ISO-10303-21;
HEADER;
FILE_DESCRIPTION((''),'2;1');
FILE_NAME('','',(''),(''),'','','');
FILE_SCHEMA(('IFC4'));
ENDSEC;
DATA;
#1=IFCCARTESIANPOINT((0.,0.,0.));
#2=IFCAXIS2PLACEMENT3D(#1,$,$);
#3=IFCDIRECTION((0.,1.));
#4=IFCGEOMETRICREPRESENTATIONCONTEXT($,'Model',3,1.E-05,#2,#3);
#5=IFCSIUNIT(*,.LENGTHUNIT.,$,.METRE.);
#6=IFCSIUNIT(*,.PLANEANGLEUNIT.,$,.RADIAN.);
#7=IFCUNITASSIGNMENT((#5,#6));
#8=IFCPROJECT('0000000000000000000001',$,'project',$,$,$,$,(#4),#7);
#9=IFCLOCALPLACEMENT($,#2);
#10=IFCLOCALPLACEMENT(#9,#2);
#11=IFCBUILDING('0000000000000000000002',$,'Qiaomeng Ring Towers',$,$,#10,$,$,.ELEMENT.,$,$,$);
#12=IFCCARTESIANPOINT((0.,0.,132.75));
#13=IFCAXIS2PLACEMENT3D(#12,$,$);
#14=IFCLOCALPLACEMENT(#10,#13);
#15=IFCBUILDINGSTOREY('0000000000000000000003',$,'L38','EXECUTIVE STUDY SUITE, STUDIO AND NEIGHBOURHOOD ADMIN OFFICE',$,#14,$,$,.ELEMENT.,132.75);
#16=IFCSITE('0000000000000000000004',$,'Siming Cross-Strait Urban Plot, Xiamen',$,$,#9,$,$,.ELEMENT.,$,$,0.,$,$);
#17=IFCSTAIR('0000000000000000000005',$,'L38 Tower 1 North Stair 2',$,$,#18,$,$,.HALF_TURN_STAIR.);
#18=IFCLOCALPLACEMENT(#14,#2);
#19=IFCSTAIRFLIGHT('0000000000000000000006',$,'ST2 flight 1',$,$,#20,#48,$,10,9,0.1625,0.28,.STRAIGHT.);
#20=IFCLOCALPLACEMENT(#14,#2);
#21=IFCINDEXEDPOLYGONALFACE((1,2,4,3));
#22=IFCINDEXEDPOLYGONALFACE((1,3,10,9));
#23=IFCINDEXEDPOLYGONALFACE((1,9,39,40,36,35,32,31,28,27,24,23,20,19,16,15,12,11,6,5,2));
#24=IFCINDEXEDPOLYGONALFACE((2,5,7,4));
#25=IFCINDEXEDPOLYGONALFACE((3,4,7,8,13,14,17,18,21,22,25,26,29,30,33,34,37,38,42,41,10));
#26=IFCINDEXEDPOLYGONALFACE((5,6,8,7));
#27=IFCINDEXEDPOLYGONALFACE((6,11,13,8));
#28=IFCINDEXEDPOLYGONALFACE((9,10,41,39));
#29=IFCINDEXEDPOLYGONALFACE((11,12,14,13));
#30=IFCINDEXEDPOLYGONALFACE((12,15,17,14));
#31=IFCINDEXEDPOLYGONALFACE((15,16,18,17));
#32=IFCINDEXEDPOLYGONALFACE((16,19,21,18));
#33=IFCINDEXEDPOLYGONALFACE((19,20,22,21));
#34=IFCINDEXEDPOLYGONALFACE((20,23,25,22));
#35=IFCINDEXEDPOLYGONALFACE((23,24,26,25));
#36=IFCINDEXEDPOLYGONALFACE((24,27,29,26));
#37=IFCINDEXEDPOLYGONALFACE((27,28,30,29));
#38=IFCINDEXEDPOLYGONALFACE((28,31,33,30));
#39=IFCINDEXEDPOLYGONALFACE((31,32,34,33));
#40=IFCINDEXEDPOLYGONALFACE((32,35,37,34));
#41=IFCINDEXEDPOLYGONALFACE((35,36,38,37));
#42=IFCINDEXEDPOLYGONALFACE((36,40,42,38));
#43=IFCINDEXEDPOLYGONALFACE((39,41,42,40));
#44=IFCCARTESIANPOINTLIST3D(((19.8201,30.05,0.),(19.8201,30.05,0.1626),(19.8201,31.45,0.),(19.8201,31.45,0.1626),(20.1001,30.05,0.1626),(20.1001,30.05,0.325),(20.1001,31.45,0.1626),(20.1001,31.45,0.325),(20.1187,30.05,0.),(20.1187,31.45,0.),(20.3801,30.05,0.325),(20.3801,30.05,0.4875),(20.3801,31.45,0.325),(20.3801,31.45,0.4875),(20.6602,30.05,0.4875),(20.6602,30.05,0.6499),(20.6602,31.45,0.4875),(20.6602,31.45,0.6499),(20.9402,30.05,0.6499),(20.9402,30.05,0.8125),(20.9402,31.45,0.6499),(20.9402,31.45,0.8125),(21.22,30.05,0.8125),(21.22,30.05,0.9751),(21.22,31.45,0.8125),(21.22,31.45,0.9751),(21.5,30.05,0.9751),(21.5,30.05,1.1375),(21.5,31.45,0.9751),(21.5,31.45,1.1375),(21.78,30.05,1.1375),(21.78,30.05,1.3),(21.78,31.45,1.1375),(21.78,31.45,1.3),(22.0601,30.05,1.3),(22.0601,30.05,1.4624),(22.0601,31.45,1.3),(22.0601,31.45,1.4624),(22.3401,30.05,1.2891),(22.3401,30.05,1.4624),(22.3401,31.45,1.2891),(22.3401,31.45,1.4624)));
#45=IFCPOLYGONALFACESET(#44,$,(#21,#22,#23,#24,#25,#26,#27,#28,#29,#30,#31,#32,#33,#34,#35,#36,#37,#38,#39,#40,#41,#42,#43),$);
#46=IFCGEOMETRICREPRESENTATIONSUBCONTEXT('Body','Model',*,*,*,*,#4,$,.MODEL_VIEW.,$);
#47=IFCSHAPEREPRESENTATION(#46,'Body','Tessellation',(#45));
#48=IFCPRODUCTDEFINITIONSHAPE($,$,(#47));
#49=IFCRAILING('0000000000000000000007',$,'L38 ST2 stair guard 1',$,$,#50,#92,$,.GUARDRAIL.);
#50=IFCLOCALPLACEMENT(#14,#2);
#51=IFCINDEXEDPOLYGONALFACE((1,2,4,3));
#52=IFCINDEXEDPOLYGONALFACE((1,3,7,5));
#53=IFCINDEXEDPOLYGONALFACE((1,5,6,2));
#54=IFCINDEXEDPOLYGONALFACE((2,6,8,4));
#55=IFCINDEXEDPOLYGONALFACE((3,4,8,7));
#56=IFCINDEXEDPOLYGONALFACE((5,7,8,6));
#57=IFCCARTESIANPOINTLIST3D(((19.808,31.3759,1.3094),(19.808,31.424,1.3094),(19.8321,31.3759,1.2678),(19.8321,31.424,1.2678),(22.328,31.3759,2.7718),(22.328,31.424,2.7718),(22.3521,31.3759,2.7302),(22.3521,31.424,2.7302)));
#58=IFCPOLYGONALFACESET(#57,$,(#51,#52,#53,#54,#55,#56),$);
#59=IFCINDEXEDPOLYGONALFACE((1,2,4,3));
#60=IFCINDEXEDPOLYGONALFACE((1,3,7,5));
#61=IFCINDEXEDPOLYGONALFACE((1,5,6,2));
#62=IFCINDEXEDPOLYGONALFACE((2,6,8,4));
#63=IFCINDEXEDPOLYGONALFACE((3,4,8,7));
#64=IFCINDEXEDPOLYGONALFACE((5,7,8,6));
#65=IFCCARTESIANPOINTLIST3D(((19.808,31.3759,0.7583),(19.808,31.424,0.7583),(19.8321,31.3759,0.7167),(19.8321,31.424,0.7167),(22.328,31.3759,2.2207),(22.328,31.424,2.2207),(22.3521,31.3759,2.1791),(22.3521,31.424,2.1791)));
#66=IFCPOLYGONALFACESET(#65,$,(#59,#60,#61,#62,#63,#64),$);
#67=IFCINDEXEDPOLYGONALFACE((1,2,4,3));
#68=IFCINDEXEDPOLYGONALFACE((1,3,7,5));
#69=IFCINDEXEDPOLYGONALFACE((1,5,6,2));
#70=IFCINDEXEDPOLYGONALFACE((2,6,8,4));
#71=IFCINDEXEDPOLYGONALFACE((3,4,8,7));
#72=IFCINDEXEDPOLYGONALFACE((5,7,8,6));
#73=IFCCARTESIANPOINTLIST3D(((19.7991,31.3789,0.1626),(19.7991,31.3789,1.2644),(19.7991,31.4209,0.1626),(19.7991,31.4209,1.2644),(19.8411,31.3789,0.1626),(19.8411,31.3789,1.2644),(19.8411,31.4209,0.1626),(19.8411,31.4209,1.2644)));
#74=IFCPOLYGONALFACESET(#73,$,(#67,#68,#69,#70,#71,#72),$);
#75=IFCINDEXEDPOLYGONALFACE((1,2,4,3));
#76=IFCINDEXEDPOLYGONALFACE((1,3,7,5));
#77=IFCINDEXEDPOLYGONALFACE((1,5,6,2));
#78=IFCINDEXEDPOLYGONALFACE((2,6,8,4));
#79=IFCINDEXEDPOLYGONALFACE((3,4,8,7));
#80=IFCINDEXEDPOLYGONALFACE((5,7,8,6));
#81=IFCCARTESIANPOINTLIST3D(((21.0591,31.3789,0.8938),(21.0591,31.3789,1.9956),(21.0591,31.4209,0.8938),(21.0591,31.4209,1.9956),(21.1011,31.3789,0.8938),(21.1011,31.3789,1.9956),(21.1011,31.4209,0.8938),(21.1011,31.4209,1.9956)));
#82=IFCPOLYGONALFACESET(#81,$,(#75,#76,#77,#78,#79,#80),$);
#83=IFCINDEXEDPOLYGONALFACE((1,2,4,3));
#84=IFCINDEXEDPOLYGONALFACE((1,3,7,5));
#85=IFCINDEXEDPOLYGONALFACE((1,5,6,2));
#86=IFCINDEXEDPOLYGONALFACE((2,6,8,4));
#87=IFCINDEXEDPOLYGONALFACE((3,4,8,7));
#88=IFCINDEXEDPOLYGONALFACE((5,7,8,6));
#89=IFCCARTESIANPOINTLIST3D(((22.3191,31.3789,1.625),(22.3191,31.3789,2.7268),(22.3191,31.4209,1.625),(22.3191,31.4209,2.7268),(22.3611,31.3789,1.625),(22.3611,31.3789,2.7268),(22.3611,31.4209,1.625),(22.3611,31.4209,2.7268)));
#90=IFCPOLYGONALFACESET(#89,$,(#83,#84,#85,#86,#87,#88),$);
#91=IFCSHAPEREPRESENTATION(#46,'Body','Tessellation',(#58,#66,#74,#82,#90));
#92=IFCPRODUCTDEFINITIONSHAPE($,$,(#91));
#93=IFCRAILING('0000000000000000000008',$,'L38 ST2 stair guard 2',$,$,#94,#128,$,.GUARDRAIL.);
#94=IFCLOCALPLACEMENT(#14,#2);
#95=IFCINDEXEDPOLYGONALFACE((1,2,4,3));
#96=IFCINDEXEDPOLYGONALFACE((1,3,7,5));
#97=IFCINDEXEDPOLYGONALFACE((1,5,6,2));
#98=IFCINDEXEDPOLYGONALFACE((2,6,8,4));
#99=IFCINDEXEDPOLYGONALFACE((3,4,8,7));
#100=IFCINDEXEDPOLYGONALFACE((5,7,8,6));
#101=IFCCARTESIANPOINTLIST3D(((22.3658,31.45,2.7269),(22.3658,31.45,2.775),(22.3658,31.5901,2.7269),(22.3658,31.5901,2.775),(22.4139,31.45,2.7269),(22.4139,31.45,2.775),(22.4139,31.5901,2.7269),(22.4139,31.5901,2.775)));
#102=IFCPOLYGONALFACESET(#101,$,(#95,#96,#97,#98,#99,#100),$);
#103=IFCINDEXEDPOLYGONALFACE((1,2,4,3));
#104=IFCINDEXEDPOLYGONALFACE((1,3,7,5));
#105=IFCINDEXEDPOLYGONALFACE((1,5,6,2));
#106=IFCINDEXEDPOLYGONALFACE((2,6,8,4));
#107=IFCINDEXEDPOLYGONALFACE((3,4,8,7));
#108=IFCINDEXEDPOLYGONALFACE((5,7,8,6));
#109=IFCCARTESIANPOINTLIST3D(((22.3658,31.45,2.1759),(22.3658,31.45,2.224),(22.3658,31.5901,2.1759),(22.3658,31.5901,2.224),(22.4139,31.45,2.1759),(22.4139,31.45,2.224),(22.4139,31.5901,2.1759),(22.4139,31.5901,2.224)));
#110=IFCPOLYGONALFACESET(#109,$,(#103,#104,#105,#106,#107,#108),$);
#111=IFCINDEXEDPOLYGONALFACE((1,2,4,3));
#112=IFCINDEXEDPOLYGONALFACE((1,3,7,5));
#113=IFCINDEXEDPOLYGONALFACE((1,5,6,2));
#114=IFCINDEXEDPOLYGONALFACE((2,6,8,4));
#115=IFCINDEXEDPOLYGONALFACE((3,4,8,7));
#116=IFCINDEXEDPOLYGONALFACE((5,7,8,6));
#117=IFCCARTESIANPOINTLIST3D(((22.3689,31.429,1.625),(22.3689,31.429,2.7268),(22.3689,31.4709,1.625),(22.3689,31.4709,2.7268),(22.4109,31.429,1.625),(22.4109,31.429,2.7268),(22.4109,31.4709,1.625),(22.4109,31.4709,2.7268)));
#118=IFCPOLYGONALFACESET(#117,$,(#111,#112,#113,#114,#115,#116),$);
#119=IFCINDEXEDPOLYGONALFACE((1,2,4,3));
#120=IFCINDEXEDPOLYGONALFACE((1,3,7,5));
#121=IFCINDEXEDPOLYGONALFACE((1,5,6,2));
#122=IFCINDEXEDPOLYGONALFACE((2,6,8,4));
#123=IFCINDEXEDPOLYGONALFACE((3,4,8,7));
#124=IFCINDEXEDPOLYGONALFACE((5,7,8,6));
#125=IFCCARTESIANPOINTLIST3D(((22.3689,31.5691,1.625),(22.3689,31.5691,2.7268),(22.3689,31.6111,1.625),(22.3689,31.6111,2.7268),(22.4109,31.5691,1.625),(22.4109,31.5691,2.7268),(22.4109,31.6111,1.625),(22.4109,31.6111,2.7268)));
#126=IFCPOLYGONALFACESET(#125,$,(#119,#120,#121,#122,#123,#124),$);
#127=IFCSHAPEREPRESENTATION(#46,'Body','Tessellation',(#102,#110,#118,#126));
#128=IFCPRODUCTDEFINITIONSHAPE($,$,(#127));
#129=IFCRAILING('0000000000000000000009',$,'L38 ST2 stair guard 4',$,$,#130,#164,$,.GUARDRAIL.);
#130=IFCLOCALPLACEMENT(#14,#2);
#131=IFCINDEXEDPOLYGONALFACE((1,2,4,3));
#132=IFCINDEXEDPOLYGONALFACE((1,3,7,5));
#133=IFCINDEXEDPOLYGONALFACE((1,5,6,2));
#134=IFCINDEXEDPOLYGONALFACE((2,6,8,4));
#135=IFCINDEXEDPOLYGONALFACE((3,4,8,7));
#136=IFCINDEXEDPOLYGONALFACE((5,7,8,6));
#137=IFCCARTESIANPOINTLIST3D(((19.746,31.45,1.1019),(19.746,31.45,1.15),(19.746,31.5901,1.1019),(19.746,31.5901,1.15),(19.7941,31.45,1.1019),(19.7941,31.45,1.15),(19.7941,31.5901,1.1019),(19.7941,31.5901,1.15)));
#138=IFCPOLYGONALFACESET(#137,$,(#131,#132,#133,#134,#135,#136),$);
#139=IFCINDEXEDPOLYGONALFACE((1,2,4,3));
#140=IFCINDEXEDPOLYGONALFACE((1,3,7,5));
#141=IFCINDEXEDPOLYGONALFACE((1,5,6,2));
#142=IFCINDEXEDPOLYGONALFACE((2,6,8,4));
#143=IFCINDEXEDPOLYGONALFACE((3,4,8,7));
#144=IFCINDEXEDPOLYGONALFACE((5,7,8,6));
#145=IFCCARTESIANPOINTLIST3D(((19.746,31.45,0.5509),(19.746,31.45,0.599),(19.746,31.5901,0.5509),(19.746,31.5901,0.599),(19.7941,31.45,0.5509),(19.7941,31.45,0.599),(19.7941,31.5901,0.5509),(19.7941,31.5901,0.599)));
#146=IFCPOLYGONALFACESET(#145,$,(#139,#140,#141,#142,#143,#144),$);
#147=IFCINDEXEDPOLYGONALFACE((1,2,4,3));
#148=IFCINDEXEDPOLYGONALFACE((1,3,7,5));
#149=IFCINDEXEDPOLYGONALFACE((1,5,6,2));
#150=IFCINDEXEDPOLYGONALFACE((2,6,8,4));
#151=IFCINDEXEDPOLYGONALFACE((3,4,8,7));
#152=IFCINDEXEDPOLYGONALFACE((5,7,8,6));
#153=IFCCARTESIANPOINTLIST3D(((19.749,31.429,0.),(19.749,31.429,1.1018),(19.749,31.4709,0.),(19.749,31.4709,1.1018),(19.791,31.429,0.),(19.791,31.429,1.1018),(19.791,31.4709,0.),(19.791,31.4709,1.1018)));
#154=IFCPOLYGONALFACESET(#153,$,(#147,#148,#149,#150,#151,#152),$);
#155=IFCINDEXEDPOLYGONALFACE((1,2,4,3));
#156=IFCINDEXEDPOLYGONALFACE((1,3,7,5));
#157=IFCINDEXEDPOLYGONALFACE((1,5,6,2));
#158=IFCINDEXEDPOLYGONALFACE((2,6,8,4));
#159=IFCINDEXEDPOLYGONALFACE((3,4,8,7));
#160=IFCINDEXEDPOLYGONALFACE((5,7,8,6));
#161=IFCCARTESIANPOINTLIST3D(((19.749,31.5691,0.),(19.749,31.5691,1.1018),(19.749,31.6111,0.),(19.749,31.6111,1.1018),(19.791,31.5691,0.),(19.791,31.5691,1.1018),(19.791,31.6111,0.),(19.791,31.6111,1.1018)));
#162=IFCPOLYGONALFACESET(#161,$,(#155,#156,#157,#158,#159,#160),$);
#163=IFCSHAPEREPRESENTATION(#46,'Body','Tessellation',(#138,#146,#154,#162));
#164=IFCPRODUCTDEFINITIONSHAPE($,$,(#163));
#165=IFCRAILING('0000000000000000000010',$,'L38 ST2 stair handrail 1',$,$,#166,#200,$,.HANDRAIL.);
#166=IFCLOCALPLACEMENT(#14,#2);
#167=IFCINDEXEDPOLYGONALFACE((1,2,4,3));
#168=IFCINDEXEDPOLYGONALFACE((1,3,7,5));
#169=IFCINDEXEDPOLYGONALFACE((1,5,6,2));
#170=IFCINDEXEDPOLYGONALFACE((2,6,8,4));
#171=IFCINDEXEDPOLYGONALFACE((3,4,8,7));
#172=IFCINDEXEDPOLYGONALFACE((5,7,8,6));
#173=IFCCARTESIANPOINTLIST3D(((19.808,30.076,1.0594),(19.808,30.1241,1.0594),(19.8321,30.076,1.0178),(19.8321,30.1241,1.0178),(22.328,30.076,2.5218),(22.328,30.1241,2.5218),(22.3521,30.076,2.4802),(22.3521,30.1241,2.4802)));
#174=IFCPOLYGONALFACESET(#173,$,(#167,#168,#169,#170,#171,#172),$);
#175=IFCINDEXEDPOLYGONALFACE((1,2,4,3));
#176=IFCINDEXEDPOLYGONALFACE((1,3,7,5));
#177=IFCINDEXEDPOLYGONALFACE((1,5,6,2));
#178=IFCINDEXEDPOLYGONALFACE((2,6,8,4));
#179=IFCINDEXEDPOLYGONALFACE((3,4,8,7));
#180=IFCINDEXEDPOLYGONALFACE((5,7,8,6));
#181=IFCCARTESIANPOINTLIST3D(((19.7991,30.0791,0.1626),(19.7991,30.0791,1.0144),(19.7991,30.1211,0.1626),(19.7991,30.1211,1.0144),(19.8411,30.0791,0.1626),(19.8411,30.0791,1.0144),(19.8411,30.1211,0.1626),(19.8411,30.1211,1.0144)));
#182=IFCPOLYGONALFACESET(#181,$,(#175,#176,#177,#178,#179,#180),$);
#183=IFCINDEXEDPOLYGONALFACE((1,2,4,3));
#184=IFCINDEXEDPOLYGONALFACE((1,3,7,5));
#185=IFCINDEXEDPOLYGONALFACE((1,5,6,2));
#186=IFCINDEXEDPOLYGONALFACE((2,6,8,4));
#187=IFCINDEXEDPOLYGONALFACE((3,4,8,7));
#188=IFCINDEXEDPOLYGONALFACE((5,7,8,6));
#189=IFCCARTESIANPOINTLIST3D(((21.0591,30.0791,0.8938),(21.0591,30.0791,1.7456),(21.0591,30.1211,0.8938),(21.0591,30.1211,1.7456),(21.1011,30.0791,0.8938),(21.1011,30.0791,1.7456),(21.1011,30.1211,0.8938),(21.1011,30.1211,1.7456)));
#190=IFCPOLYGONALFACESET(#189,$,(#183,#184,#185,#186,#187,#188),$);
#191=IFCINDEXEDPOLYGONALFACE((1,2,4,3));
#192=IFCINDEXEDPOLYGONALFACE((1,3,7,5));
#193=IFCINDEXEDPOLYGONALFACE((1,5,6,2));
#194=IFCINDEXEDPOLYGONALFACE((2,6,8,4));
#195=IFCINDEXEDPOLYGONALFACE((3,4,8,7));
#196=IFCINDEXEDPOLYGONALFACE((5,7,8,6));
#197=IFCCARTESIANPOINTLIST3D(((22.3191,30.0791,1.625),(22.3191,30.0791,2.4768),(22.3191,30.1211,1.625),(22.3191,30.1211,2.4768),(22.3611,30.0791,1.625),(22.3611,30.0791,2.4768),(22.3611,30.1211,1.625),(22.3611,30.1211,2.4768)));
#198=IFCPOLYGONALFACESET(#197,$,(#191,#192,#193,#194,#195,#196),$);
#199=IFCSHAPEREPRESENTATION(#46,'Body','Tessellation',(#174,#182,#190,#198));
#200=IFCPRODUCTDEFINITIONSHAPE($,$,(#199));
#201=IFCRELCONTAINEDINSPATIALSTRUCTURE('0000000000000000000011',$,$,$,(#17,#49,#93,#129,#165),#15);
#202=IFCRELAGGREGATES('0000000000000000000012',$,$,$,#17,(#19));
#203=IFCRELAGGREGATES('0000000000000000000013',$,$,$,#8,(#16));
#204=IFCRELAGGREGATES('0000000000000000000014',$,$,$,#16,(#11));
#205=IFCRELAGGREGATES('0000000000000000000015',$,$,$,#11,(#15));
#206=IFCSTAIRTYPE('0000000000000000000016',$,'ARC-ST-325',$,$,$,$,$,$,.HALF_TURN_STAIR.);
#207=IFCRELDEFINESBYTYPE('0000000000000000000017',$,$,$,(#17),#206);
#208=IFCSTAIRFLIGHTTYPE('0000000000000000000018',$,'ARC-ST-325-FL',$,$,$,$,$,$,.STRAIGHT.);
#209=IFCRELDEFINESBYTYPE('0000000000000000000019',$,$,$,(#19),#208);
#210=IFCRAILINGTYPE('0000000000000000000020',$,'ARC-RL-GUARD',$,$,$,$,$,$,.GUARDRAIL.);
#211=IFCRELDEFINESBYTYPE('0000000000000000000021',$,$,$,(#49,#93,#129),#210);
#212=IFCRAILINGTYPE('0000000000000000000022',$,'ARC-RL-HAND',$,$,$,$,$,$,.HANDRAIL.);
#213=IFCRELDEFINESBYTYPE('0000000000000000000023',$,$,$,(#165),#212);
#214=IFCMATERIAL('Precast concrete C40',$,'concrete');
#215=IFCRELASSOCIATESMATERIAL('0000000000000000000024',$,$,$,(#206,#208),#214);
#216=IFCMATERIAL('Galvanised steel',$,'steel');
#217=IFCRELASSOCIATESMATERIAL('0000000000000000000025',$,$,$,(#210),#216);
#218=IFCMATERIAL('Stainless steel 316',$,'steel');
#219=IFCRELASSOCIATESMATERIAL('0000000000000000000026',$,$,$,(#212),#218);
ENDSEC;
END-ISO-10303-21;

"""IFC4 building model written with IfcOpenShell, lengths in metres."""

from ifc_helpers import new_model, si_unit, direction, frame, origin, origin_2d, place, context, subcontext, project, spatial, polyline, rectangle, outline, extrude, source, transform, mapped, material, type_object, element, aggregate, save


model = new_model("IFC4")

# Units and contexts
model_context = context("Model", 3, precision=1e-05, world=origin(), true_north=direction((0.0, 1.0)))
body_context = subcontext(model_context, "Body", "Model", "MODEL_VIEW")
ifc_project = project(units=[si_unit("LENGTHUNIT", "METRE"), si_unit("PLANEANGLEUNIT", "RADIAN")], contexts=[model_context])

# Site, building, storey
site_placement = place(None, origin())
site = spatial("IfcSite", under=ifc_project, at=site_placement, Name="Siming Cross-Strait Urban Plot, Xiamen", CompositionType="ELEMENT", RefElevation=0.0)
building_placement = place(site_placement, origin())
building = spatial("IfcBuilding", under=site, at=building_placement, Name="Qiaomeng Ring Towers", CompositionType="ELEMENT")
storey_placement = place(building_placement, frame((0.0, 0.0, 132.75)))
storey = spatial("IfcBuildingStorey", under=building, at=storey_placement, Name="L38", Description="EXECUTIVE STUDY SUITE, STUDIO AND NEIGHBOURHOOD ADMIN OFFICE", CompositionType="ELEMENT", Elevation=132.75)

# Stair, stair flight
ifc_material_1 = material(Name="Precast concrete C40", Category="concrete")
stair_type = type_object("IfcStairType", Name="ARC-ST-325", PredefinedType="HALF_TURN_STAIR", material=ifc_material_1)
stair_placement = place(storey_placement, origin())
stair = element("IfcStair", 1, at=stair_placement, inside=storey, type_object=stair_type, Name="L38 Tower 1 North Stair 2", PredefinedType="HALF_TURN_STAIR")
stair_flight_type = type_object("IfcStairFlightType", Name="ARC-ST-325-FL", PredefinedType="STRAIGHT", material=ifc_material_1)
shared_shape_1 = source(origin(), body_context, "Body", "SweptSolid", [
    extrude(outline(polyline([(0.0, 0.0), (0.0, 0.1626), (0.28, 0.1626), (0.28, 0.325), (0.5601, 0.325), (0.5601, 0.4875), (0.8401, 0.4875), (0.8401, 0.6499), (1.1201, 0.6499), (1.1201, 0.8125), (1.3999, 0.8125), (1.3999, 0.9751), (1.6799, 0.9751), (1.6799, 1.1375), (1.96, 1.1375), (1.96, 1.3), (2.24, 1.3), (2.24, 1.4624), (2.52, 1.4624), (2.52, 1.625), (2.52, 1.2891), (0.2986, 0.0), (0.0, 0.0)])), frame((0.0, 0.7, 0.0), z_axis=(0.0, -1.0, 0.0), x_axis=(1.0, 0.0, 0.0)), (0.0, 0.0, 1.0), 1.3999),
])
stair_flight_placement = place(storey_placement, frame((19.8201, 30.75, 0.0), z_axis=(0.0, 0.0, 1.0), x_axis=(1.0, 0.0, 0.0)))
stair_flight = element("IfcStairFlight", 2, at=stair_flight_placement, type_object=stair_flight_type, Name="ST2 flight 1", NumberOfRisers=10, NumberOfTreads=9, PredefinedType="STRAIGHT", RiserHeight=0.1625, TreadLength=0.28, context=body_context, shape_type="MappedRepresentation", body=[
    mapped(shared_shape_1, transform((0.0, 0.0, 0.0), x_axis=(1.0, 0.0, 0.0), y_axis=(0.0, 1.0, 0.0), z_axis=(0.0, 0.0, 1.0), scale=1.0)),
])
aggregate(stair, [stair_flight])

# Railings
ifc_material_2 = material(Name="Galvanised steel", Category="steel")
railing_type_1 = type_object("IfcRailingType", Name="ARC-RL-GUARD", PredefinedType="GUARDRAIL", material=ifc_material_2)
railing_1_placement = place(storey_placement, frame((19.8201, 31.3999, 0.1626)))
element("IfcRailing", 3, at=railing_1_placement, inside=storey, type_object=railing_type_1, Name="L38 ST2 stair guard 1", PredefinedType="GUARDRAIL", context=body_context, shape_type="SweptSolid", body=[
    extrude(rectangle(XDim=0.0481, YDim=0.0481, at=origin_2d()), frame((0.0, 0.0, 1.126), z_axis=(0.864913, 0.0, 0.501921), x_axis=(0.0, 1.0, 0.0)), (0.0, 0.0, 1.0), 2.9136),
    extrude(rectangle(XDim=0.0481, YDim=0.0481, at=origin_2d()), frame((0.0, 0.0, 0.575), z_axis=(0.864913, 0.0, 0.501921), x_axis=(0.0, 1.0, 0.0)), (0.0, 0.0, 1.0), 2.9136),
    extrude(rectangle(XDim=0.042, YDim=0.042, at=origin_2d()), origin(), (0.0, 0.0, 1.0), 1.1018),
    extrude(rectangle(XDim=0.042, YDim=0.042, at=origin_2d()), frame((1.26, 0.0, 0.7312)), (0.0, 0.0, 1.0), 1.1018),
    extrude(rectangle(XDim=0.042, YDim=0.042, at=origin_2d()), frame((2.52, 0.0, 1.4624)), (0.0, 0.0, 1.0), 1.1018),
])
for number, where, name in (
    (4, (22.3899, 31.45, 1.625), "L38 ST2 stair guard 2"),
    (5, (19.77, 31.45, 0.0), "L38 ST2 stair guard 4"),
):
    element("IfcRailing", number, at=place(storey_placement, frame(where)), inside=storey, type_object=railing_type_1, Name=name, PredefinedType="GUARDRAIL", context=body_context, shape_type="SweptSolid", body=[
        extrude(rectangle(XDim=0.0481, YDim=0.0481, at=origin_2d()), frame((0.0, 0.0, 1.126), z_axis=(0.0, 1.0, 0.0), x_axis=(-1.0, 0.0, 0.0)), (0.0, 0.0, 1.0), 0.1401),
        extrude(rectangle(XDim=0.0481, YDim=0.0481, at=origin_2d()), frame((0.0, 0.0, 0.575), z_axis=(0.0, 1.0, 0.0), x_axis=(-1.0, 0.0, 0.0)), (0.0, 0.0, 1.0), 0.1401),
        extrude(rectangle(XDim=0.042, YDim=0.042, at=origin_2d()), origin(), (0.0, 0.0, 1.0), 1.1018),
        extrude(rectangle(XDim=0.042, YDim=0.042, at=origin_2d()), frame((0.0, 0.1401, 0.0)), (0.0, 0.0, 1.0), 1.1018),
    ])
ifc_material_3 = material(Name="Stainless steel 316", Category="steel")
railing_type_2 = type_object("IfcRailingType", Name="ARC-RL-HAND", PredefinedType="HANDRAIL", material=ifc_material_3)
railing_2_placement = place(storey_placement, frame((19.8201, 30.1001, 0.1626)))
element("IfcRailing", 6, at=railing_2_placement, inside=storey, type_object=railing_type_2, Name="L38 ST2 stair handrail 1", PredefinedType="HANDRAIL", context=body_context, shape_type="SweptSolid", body=[
    extrude(rectangle(XDim=0.0481, YDim=0.0481, at=origin_2d()), frame((0.0, 0.0, 0.876), z_axis=(0.864913, 0.0, 0.501921), x_axis=(0.0, 1.0, 0.0)), (0.0, 0.0, 1.0), 2.9136),
    extrude(rectangle(XDim=0.042, YDim=0.042, at=origin_2d()), origin(), (0.0, 0.0, 1.0), 0.8518),
    extrude(rectangle(XDim=0.042, YDim=0.042, at=origin_2d()), frame((1.26, 0.0, 0.7312)), (0.0, 0.0, 1.0), 0.8518),
    extrude(rectangle(XDim=0.042, YDim=0.042, at=origin_2d()), frame((2.52, 0.0, 1.4624)), (0.0, 0.0, 1.0), 0.8518),
])

save(model, "model.ifc")
